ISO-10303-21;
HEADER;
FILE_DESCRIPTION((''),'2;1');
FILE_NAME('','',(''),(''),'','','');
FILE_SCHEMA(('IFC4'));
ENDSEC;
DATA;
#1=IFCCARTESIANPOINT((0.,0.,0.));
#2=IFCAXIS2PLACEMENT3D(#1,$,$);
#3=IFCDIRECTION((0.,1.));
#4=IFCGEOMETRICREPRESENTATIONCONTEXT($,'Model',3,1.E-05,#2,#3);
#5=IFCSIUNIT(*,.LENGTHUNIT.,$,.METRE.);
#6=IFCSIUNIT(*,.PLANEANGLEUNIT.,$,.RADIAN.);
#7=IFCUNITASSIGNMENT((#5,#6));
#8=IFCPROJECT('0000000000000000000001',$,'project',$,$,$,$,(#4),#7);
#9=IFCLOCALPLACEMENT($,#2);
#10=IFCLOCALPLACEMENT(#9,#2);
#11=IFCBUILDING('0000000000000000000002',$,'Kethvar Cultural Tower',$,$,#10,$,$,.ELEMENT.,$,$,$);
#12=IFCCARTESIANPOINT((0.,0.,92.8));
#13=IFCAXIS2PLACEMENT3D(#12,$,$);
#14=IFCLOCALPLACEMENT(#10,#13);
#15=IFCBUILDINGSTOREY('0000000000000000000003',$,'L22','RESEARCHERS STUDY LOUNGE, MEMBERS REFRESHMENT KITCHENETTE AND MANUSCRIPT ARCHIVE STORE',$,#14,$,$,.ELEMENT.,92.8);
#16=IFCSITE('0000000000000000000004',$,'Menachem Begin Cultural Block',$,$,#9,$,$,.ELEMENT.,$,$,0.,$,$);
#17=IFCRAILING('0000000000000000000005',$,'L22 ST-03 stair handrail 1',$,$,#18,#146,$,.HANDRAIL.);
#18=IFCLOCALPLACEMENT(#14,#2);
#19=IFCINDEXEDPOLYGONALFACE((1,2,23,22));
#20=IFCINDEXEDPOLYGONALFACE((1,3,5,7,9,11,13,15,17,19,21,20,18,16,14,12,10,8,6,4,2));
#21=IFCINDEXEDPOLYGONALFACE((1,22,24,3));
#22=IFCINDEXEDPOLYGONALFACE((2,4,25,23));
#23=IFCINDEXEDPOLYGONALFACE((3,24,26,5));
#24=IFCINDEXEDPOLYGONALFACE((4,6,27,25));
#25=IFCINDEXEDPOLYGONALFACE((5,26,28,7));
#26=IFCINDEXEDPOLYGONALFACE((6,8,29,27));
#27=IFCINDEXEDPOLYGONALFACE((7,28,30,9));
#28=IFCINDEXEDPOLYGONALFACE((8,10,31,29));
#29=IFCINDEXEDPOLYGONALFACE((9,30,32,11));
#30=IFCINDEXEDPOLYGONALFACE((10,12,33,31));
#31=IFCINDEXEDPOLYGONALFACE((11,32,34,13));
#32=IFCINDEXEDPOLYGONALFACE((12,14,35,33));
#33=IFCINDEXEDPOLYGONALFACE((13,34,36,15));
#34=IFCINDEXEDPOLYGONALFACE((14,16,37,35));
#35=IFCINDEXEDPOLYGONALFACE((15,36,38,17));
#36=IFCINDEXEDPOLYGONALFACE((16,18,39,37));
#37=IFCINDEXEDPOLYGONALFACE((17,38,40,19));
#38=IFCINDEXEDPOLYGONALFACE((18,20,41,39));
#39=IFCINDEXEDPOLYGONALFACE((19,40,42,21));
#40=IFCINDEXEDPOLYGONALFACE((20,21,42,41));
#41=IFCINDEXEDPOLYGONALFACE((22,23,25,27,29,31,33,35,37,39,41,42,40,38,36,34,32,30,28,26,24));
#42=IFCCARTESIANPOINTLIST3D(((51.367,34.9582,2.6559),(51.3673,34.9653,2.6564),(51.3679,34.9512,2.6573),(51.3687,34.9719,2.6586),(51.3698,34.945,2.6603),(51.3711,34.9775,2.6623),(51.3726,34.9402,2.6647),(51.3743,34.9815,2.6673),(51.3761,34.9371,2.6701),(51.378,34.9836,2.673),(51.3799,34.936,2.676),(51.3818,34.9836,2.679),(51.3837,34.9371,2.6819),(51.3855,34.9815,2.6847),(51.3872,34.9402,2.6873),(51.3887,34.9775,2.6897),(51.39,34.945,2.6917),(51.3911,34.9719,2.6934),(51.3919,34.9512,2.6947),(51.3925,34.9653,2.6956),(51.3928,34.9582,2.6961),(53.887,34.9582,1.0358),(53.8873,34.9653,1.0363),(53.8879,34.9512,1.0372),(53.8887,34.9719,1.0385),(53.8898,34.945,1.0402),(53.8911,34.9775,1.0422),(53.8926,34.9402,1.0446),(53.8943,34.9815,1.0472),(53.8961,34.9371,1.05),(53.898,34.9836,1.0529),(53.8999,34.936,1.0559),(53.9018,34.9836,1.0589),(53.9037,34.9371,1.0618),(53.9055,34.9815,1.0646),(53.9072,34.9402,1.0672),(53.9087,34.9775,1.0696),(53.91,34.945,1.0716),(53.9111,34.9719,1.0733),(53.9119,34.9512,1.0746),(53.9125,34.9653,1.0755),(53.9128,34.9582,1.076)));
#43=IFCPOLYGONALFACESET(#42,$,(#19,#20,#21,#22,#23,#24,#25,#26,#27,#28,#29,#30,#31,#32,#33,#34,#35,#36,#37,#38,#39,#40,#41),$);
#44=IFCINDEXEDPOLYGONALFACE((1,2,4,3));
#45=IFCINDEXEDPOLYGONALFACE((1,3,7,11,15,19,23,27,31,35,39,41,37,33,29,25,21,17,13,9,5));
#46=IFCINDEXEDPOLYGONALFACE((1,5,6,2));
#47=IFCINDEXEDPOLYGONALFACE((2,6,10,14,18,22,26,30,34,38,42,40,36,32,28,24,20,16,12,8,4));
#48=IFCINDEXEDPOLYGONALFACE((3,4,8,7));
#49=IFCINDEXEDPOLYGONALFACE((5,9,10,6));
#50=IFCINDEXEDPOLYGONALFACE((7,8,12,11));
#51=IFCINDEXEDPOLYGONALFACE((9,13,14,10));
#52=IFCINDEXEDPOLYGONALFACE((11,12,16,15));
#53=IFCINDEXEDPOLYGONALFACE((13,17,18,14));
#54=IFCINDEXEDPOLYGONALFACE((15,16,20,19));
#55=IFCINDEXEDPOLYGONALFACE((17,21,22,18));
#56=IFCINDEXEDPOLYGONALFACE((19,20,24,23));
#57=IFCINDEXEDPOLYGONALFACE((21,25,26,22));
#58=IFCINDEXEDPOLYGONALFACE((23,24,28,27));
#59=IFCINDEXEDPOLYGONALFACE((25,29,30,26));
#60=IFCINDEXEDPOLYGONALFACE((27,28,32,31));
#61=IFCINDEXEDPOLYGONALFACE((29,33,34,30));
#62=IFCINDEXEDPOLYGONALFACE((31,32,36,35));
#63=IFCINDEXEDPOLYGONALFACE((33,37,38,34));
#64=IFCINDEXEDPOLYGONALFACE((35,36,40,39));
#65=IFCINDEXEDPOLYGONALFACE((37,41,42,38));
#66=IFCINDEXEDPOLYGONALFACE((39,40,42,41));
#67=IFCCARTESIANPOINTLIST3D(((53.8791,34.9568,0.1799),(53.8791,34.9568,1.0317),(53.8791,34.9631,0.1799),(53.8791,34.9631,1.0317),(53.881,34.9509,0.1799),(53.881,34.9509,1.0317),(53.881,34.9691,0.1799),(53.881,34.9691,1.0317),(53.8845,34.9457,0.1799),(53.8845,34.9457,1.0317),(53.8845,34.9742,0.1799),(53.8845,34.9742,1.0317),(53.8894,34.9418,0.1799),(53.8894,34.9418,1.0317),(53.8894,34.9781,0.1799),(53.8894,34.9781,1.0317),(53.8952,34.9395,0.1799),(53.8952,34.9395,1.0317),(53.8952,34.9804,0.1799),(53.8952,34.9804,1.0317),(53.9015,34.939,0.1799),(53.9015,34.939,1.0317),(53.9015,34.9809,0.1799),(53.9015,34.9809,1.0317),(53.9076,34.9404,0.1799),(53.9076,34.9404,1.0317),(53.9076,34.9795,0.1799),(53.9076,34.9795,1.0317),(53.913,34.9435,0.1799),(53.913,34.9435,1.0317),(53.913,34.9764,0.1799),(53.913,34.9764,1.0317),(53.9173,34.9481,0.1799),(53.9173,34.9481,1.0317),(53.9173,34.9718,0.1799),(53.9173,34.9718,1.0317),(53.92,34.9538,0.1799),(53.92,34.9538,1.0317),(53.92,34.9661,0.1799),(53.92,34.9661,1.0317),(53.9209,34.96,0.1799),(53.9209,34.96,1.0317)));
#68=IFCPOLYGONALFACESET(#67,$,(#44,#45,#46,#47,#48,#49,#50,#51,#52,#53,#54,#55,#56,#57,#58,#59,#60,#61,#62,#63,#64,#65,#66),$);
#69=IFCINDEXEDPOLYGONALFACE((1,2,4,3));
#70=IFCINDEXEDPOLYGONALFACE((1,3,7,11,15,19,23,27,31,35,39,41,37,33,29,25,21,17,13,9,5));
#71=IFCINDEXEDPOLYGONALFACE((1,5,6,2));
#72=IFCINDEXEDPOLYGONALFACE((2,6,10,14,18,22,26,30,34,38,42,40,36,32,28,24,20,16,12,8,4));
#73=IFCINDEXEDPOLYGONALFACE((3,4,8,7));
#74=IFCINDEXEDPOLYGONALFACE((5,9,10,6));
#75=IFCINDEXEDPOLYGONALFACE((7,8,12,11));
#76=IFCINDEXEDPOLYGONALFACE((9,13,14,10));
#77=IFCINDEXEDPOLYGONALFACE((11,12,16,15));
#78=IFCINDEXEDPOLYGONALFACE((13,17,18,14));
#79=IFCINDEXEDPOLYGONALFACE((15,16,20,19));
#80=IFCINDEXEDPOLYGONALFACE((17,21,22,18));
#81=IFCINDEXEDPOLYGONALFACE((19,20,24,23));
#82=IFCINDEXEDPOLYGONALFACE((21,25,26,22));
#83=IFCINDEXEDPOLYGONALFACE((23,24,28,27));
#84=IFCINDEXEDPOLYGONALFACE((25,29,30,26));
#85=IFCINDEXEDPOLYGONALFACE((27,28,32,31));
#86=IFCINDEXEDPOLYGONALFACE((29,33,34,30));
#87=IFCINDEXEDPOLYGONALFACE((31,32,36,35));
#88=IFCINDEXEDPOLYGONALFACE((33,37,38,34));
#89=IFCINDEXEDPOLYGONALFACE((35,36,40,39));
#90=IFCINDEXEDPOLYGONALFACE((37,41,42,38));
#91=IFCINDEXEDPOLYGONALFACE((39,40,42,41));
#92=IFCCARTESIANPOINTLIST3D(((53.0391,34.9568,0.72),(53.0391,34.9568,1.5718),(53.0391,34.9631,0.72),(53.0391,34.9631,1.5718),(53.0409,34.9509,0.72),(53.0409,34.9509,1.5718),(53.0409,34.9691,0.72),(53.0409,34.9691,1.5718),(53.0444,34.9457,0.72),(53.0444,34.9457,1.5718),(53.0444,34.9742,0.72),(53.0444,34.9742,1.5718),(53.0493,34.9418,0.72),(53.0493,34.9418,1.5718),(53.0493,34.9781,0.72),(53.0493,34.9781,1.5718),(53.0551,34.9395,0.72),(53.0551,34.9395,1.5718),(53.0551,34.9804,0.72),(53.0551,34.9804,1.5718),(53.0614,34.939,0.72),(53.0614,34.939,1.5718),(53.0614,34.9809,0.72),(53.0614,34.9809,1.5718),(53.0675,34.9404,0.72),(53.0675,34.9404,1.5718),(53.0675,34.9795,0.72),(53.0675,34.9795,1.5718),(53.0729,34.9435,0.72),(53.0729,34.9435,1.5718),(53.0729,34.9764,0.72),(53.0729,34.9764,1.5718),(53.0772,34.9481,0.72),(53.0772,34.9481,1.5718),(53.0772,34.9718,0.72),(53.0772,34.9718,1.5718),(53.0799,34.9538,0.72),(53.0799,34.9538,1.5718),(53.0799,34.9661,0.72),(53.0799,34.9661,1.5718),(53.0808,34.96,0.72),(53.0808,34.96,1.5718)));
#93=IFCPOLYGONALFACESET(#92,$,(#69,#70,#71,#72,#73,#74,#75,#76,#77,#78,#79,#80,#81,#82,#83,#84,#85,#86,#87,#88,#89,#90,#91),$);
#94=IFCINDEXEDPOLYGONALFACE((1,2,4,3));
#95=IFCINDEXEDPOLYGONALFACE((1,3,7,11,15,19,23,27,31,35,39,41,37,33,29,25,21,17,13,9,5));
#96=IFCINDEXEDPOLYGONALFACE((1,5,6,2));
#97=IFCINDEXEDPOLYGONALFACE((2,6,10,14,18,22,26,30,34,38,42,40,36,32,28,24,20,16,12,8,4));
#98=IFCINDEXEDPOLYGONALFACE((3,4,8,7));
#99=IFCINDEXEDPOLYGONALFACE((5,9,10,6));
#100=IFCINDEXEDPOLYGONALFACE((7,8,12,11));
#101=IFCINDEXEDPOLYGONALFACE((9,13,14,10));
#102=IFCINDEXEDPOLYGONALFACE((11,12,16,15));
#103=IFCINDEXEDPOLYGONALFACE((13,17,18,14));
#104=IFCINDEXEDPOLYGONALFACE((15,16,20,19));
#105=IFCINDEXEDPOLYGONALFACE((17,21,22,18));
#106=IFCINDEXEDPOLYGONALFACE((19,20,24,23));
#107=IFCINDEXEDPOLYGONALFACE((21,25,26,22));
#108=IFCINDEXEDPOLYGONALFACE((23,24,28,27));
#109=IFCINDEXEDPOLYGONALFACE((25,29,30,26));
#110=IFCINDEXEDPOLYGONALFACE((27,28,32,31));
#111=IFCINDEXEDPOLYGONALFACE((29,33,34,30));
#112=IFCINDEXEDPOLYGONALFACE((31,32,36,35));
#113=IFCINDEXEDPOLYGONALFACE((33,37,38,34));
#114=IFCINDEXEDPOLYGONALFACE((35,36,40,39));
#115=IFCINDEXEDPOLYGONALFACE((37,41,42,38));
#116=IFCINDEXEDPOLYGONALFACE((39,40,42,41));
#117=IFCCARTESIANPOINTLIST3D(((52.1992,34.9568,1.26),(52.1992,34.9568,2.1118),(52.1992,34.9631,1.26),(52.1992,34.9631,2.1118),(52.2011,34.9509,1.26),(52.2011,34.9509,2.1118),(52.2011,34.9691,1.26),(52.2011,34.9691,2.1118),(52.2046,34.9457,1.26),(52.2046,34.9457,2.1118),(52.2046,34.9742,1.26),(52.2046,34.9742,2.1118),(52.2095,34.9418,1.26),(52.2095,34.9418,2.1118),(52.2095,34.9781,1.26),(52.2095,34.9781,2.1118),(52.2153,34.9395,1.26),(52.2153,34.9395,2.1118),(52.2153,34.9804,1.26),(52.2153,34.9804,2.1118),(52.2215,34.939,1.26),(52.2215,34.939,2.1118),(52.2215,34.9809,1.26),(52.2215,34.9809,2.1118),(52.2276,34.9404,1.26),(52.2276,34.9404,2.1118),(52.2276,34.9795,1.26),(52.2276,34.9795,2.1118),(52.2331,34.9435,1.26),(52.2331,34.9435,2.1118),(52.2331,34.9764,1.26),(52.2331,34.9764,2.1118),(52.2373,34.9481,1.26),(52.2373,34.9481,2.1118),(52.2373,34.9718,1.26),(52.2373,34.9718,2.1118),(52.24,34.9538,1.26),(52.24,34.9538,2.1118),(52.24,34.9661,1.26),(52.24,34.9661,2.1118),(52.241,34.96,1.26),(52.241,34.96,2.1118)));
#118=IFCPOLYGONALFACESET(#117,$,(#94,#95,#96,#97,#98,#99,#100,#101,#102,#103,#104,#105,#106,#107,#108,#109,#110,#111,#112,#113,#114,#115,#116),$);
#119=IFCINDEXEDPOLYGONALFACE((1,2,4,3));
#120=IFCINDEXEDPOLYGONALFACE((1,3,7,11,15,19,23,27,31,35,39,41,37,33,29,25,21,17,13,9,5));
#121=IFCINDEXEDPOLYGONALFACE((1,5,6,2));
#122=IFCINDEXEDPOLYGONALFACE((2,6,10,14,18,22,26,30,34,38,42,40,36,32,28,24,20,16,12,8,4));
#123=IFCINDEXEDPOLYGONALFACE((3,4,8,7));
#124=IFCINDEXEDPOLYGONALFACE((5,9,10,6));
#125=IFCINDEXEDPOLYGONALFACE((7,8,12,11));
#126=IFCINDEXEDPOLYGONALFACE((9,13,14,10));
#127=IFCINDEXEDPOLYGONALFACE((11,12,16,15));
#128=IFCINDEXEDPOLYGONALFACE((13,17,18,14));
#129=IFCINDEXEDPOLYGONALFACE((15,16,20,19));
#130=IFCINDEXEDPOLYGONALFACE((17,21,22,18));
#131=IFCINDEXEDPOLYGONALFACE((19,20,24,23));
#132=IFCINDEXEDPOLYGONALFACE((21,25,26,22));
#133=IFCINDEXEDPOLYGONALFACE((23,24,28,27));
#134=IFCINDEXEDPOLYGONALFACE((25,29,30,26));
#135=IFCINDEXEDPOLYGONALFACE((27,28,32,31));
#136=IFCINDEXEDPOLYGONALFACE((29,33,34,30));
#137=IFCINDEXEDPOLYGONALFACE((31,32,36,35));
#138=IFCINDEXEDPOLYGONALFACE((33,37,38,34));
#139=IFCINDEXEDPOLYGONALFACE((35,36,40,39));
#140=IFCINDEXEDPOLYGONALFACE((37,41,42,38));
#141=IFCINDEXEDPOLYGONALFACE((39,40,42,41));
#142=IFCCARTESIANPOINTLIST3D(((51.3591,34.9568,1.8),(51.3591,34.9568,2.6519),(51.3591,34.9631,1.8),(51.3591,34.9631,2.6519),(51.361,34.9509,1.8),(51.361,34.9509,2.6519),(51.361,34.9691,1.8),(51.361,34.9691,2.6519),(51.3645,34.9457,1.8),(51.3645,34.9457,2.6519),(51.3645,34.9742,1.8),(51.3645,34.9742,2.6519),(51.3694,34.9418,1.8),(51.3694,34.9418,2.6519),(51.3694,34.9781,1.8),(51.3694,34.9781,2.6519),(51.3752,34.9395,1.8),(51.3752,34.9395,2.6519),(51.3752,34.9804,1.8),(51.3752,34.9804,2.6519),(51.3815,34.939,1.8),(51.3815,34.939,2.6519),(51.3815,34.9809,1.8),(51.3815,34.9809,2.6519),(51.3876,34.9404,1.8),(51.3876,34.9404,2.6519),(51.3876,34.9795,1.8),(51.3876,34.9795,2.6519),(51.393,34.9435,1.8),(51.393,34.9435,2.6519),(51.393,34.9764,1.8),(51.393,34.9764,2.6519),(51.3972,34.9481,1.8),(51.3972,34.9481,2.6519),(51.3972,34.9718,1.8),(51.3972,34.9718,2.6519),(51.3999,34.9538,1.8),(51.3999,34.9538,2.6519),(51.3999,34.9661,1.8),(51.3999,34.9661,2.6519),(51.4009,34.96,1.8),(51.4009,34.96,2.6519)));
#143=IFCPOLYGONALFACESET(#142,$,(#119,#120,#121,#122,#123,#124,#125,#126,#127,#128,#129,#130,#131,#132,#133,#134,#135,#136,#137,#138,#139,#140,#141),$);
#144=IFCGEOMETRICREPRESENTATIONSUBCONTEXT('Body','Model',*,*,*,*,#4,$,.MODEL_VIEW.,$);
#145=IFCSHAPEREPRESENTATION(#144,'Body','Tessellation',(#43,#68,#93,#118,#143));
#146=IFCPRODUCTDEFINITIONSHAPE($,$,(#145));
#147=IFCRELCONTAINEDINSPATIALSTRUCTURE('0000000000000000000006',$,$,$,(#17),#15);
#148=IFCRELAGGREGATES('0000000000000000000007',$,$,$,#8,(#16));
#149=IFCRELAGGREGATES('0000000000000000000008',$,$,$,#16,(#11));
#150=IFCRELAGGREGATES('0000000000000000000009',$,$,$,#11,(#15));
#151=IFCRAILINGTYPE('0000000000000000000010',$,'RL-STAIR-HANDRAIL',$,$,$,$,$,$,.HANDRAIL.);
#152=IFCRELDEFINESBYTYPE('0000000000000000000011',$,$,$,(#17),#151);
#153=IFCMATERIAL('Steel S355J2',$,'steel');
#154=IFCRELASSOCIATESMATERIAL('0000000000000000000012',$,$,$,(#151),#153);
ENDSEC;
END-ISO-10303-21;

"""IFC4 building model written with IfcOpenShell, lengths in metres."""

from ifc_helpers import new_model, si_unit, direction, frame, origin, origin_2d, place, context, subcontext, project, spatial, circle, extrude, material, type_object, element, save


model = new_model("IFC4")

# Units and contexts
model_context = context("Model", 3, precision=1e-05, world=origin(), true_north=direction((0.0, 1.0)))
body_context = subcontext(model_context, "Body", "Model", "MODEL_VIEW")
ifc_project = project(units=[si_unit("LENGTHUNIT", "METRE"), si_unit("PLANEANGLEUNIT", "RADIAN")], contexts=[model_context])

# Site, building, storey
site_placement = place(None, origin())
site = spatial("IfcSite", under=ifc_project, at=site_placement, Name="Menachem Begin Cultural Block", CompositionType="ELEMENT", RefElevation=0.0)
building_placement = place(site_placement, origin())
building = spatial("IfcBuilding", under=site, at=building_placement, Name="Kethvar Cultural Tower", CompositionType="ELEMENT")
storey_placement = place(building_placement, frame((0.0, 0.0, 92.8)))
storey = spatial("IfcBuildingStorey", under=building, at=storey_placement, Name="L22", Description="RESEARCHERS STUDY LOUNGE, MEMBERS REFRESHMENT KITCHENETTE AND MANUSCRIPT ARCHIVE STORE", CompositionType="ELEMENT", Elevation=92.8)

# Shared definitions
ifc_material_1 = material(Name="Steel S355J2", Category="steel")

# Railing
railing_type_1 = type_object("IfcRailingType", Name="RL-STAIR-HANDRAIL", PredefinedType="HANDRAIL", material=ifc_material_1)
railing_1_placement = place(storey_placement, frame((53.8999, 34.96, 0.1799)))
element("IfcRailing", 1, at=railing_1_placement, inside=storey, type_object=railing_type_1, Name="L22 ST-03 stair handrail 1", PredefinedType="HANDRAIL", context=body_context, shape_type="SweptSolid", body=[
    extrude(circle(Radius=0.0239, at=origin_2d()), frame((0.0, 0.0, 0.876), z_axis=(-0.841163, 0.0, 0.540782), x_axis=(0.0, -1.0, 0.0)), (0.0, 0.0, 1.0), 2.9958),
    extrude(circle(Radius=0.021, at=origin_2d()), origin(), (0.0, 0.0, 1.0), 0.8518),
    extrude(circle(Radius=0.021, at=origin_2d()), frame((-0.8401, 0.0, 0.54)), (0.0, 0.0, 1.0), 0.8518),
    extrude(circle(Radius=0.021, at=origin_2d()), frame((-1.6799, 0.0, 1.0801)), (0.0, 0.0, 1.0), 0.8518),
    extrude(circle(Radius=0.021, at=origin_2d()), frame((-2.52, 0.0, 1.6201)), (0.0, 0.0, 1.0), 0.8518),
])

save(model, "model.ifc")
